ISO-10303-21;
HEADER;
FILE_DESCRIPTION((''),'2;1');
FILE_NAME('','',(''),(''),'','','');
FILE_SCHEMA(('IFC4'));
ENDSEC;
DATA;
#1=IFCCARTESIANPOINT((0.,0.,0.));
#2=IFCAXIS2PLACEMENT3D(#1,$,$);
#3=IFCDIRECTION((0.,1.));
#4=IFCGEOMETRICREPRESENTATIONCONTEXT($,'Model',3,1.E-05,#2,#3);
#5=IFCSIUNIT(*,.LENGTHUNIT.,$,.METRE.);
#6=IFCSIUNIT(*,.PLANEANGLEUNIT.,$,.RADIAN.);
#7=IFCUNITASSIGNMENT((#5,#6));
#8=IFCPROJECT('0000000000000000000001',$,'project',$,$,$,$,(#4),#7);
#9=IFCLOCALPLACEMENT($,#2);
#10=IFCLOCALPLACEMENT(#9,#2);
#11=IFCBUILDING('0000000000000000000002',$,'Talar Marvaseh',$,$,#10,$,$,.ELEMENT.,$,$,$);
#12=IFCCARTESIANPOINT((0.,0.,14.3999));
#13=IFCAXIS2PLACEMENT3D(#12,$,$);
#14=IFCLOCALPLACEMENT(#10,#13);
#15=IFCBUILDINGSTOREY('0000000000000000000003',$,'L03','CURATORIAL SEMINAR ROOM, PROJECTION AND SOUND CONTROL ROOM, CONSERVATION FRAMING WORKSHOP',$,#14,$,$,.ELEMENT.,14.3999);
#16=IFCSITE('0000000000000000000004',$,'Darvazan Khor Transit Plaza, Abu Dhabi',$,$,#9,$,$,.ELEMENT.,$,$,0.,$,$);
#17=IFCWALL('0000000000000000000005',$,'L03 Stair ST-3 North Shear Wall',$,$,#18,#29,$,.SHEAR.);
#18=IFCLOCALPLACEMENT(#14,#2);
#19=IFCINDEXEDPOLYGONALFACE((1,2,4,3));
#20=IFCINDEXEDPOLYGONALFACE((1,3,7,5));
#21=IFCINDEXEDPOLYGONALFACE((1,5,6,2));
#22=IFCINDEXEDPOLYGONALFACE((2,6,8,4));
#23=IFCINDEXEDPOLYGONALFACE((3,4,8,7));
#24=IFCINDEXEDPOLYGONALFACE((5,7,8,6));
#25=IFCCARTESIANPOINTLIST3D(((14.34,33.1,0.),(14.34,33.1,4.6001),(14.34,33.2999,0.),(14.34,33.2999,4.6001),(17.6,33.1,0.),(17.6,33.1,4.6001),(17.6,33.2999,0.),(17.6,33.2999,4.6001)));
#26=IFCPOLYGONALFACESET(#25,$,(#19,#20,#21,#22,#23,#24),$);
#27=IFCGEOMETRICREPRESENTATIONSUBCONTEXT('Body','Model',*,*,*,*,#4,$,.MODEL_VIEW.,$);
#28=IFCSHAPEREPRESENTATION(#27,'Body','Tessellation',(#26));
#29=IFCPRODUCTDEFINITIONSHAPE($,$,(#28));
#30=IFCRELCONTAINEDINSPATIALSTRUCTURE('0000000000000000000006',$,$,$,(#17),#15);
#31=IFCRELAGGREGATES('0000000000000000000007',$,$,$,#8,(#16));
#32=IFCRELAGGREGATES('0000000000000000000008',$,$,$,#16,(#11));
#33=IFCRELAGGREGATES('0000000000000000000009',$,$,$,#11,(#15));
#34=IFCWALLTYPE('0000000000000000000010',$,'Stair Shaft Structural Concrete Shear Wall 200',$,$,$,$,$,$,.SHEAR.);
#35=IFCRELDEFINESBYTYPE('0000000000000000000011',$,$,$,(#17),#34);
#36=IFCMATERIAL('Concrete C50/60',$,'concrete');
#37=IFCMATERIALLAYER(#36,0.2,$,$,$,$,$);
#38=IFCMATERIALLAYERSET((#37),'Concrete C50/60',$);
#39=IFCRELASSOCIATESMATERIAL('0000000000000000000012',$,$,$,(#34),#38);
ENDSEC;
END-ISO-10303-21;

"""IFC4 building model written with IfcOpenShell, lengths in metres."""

from ifc_helpers import new_model, si_unit, direction, frame, frame_2d, origin, place, context, subcontext, project, spatial, rectangle, extrude, material, layer, layer_set, type_object, element, save


model = new_model("IFC4")

# Units and contexts
model_context = context("Model", 3, precision=1e-05, world=origin(), true_north=direction((0.0, 1.0)))
body_context = subcontext(model_context, "Body", "Model", "MODEL_VIEW")
ifc_project = project(units=[si_unit("LENGTHUNIT", "METRE"), si_unit("PLANEANGLEUNIT", "RADIAN")], contexts=[model_context])

# Site, building, storey
site_placement = place(None, origin())
site = spatial("IfcSite", under=ifc_project, at=site_placement, Name="Darvazan Khor Transit Plaza, Abu Dhabi", CompositionType="ELEMENT", RefElevation=0.0)
building_placement = place(site_placement, origin())
building = spatial("IfcBuilding", under=site, at=building_placement, Name="Talar Marvaseh", CompositionType="ELEMENT")
storey_placement = place(building_placement, frame((0.0, 0.0, 14.3999)))
storey = spatial("IfcBuildingStorey", under=building, at=storey_placement, Name="L03", Description="CURATORIAL SEMINAR ROOM, PROJECTION AND SOUND CONTROL ROOM, CONSERVATION FRAMING WORKSHOP", CompositionType="ELEMENT", Elevation=14.3999)

# Wall
ifc_material_1 = material(Name="Concrete C50/60", Category="concrete")
ifc_layer_1 = layer(ifc_material_1, 0.2)
ifc_layer_set_1 = layer_set([ifc_layer_1], Name="Concrete C50/60")
wall_type_1 = type_object("IfcWallType", Name="Stair Shaft Structural Concrete Shear Wall 200", PredefinedType="SHEAR", material=ifc_layer_set_1)
wall_1_placement = place(storey_placement, frame((14.3401, 33.2, 0.0), z_axis=(0.0, 0.0, 1.0), x_axis=(1.0, 0.0, 0.0)))
element("IfcWall", 1, at=wall_1_placement, inside=storey, type_object=wall_type_1, Name="L03 Stair ST-3 North Shear Wall", PredefinedType="SHEAR", context=body_context, shape_type="SweptSolid", body=[
    extrude(rectangle(XDim=3.26, YDim=0.2, at=frame_2d((1.6299, 0.0))), origin(), (0.0, 0.0, 1.0), 4.6001),
])

save(model, "model.ifc")
